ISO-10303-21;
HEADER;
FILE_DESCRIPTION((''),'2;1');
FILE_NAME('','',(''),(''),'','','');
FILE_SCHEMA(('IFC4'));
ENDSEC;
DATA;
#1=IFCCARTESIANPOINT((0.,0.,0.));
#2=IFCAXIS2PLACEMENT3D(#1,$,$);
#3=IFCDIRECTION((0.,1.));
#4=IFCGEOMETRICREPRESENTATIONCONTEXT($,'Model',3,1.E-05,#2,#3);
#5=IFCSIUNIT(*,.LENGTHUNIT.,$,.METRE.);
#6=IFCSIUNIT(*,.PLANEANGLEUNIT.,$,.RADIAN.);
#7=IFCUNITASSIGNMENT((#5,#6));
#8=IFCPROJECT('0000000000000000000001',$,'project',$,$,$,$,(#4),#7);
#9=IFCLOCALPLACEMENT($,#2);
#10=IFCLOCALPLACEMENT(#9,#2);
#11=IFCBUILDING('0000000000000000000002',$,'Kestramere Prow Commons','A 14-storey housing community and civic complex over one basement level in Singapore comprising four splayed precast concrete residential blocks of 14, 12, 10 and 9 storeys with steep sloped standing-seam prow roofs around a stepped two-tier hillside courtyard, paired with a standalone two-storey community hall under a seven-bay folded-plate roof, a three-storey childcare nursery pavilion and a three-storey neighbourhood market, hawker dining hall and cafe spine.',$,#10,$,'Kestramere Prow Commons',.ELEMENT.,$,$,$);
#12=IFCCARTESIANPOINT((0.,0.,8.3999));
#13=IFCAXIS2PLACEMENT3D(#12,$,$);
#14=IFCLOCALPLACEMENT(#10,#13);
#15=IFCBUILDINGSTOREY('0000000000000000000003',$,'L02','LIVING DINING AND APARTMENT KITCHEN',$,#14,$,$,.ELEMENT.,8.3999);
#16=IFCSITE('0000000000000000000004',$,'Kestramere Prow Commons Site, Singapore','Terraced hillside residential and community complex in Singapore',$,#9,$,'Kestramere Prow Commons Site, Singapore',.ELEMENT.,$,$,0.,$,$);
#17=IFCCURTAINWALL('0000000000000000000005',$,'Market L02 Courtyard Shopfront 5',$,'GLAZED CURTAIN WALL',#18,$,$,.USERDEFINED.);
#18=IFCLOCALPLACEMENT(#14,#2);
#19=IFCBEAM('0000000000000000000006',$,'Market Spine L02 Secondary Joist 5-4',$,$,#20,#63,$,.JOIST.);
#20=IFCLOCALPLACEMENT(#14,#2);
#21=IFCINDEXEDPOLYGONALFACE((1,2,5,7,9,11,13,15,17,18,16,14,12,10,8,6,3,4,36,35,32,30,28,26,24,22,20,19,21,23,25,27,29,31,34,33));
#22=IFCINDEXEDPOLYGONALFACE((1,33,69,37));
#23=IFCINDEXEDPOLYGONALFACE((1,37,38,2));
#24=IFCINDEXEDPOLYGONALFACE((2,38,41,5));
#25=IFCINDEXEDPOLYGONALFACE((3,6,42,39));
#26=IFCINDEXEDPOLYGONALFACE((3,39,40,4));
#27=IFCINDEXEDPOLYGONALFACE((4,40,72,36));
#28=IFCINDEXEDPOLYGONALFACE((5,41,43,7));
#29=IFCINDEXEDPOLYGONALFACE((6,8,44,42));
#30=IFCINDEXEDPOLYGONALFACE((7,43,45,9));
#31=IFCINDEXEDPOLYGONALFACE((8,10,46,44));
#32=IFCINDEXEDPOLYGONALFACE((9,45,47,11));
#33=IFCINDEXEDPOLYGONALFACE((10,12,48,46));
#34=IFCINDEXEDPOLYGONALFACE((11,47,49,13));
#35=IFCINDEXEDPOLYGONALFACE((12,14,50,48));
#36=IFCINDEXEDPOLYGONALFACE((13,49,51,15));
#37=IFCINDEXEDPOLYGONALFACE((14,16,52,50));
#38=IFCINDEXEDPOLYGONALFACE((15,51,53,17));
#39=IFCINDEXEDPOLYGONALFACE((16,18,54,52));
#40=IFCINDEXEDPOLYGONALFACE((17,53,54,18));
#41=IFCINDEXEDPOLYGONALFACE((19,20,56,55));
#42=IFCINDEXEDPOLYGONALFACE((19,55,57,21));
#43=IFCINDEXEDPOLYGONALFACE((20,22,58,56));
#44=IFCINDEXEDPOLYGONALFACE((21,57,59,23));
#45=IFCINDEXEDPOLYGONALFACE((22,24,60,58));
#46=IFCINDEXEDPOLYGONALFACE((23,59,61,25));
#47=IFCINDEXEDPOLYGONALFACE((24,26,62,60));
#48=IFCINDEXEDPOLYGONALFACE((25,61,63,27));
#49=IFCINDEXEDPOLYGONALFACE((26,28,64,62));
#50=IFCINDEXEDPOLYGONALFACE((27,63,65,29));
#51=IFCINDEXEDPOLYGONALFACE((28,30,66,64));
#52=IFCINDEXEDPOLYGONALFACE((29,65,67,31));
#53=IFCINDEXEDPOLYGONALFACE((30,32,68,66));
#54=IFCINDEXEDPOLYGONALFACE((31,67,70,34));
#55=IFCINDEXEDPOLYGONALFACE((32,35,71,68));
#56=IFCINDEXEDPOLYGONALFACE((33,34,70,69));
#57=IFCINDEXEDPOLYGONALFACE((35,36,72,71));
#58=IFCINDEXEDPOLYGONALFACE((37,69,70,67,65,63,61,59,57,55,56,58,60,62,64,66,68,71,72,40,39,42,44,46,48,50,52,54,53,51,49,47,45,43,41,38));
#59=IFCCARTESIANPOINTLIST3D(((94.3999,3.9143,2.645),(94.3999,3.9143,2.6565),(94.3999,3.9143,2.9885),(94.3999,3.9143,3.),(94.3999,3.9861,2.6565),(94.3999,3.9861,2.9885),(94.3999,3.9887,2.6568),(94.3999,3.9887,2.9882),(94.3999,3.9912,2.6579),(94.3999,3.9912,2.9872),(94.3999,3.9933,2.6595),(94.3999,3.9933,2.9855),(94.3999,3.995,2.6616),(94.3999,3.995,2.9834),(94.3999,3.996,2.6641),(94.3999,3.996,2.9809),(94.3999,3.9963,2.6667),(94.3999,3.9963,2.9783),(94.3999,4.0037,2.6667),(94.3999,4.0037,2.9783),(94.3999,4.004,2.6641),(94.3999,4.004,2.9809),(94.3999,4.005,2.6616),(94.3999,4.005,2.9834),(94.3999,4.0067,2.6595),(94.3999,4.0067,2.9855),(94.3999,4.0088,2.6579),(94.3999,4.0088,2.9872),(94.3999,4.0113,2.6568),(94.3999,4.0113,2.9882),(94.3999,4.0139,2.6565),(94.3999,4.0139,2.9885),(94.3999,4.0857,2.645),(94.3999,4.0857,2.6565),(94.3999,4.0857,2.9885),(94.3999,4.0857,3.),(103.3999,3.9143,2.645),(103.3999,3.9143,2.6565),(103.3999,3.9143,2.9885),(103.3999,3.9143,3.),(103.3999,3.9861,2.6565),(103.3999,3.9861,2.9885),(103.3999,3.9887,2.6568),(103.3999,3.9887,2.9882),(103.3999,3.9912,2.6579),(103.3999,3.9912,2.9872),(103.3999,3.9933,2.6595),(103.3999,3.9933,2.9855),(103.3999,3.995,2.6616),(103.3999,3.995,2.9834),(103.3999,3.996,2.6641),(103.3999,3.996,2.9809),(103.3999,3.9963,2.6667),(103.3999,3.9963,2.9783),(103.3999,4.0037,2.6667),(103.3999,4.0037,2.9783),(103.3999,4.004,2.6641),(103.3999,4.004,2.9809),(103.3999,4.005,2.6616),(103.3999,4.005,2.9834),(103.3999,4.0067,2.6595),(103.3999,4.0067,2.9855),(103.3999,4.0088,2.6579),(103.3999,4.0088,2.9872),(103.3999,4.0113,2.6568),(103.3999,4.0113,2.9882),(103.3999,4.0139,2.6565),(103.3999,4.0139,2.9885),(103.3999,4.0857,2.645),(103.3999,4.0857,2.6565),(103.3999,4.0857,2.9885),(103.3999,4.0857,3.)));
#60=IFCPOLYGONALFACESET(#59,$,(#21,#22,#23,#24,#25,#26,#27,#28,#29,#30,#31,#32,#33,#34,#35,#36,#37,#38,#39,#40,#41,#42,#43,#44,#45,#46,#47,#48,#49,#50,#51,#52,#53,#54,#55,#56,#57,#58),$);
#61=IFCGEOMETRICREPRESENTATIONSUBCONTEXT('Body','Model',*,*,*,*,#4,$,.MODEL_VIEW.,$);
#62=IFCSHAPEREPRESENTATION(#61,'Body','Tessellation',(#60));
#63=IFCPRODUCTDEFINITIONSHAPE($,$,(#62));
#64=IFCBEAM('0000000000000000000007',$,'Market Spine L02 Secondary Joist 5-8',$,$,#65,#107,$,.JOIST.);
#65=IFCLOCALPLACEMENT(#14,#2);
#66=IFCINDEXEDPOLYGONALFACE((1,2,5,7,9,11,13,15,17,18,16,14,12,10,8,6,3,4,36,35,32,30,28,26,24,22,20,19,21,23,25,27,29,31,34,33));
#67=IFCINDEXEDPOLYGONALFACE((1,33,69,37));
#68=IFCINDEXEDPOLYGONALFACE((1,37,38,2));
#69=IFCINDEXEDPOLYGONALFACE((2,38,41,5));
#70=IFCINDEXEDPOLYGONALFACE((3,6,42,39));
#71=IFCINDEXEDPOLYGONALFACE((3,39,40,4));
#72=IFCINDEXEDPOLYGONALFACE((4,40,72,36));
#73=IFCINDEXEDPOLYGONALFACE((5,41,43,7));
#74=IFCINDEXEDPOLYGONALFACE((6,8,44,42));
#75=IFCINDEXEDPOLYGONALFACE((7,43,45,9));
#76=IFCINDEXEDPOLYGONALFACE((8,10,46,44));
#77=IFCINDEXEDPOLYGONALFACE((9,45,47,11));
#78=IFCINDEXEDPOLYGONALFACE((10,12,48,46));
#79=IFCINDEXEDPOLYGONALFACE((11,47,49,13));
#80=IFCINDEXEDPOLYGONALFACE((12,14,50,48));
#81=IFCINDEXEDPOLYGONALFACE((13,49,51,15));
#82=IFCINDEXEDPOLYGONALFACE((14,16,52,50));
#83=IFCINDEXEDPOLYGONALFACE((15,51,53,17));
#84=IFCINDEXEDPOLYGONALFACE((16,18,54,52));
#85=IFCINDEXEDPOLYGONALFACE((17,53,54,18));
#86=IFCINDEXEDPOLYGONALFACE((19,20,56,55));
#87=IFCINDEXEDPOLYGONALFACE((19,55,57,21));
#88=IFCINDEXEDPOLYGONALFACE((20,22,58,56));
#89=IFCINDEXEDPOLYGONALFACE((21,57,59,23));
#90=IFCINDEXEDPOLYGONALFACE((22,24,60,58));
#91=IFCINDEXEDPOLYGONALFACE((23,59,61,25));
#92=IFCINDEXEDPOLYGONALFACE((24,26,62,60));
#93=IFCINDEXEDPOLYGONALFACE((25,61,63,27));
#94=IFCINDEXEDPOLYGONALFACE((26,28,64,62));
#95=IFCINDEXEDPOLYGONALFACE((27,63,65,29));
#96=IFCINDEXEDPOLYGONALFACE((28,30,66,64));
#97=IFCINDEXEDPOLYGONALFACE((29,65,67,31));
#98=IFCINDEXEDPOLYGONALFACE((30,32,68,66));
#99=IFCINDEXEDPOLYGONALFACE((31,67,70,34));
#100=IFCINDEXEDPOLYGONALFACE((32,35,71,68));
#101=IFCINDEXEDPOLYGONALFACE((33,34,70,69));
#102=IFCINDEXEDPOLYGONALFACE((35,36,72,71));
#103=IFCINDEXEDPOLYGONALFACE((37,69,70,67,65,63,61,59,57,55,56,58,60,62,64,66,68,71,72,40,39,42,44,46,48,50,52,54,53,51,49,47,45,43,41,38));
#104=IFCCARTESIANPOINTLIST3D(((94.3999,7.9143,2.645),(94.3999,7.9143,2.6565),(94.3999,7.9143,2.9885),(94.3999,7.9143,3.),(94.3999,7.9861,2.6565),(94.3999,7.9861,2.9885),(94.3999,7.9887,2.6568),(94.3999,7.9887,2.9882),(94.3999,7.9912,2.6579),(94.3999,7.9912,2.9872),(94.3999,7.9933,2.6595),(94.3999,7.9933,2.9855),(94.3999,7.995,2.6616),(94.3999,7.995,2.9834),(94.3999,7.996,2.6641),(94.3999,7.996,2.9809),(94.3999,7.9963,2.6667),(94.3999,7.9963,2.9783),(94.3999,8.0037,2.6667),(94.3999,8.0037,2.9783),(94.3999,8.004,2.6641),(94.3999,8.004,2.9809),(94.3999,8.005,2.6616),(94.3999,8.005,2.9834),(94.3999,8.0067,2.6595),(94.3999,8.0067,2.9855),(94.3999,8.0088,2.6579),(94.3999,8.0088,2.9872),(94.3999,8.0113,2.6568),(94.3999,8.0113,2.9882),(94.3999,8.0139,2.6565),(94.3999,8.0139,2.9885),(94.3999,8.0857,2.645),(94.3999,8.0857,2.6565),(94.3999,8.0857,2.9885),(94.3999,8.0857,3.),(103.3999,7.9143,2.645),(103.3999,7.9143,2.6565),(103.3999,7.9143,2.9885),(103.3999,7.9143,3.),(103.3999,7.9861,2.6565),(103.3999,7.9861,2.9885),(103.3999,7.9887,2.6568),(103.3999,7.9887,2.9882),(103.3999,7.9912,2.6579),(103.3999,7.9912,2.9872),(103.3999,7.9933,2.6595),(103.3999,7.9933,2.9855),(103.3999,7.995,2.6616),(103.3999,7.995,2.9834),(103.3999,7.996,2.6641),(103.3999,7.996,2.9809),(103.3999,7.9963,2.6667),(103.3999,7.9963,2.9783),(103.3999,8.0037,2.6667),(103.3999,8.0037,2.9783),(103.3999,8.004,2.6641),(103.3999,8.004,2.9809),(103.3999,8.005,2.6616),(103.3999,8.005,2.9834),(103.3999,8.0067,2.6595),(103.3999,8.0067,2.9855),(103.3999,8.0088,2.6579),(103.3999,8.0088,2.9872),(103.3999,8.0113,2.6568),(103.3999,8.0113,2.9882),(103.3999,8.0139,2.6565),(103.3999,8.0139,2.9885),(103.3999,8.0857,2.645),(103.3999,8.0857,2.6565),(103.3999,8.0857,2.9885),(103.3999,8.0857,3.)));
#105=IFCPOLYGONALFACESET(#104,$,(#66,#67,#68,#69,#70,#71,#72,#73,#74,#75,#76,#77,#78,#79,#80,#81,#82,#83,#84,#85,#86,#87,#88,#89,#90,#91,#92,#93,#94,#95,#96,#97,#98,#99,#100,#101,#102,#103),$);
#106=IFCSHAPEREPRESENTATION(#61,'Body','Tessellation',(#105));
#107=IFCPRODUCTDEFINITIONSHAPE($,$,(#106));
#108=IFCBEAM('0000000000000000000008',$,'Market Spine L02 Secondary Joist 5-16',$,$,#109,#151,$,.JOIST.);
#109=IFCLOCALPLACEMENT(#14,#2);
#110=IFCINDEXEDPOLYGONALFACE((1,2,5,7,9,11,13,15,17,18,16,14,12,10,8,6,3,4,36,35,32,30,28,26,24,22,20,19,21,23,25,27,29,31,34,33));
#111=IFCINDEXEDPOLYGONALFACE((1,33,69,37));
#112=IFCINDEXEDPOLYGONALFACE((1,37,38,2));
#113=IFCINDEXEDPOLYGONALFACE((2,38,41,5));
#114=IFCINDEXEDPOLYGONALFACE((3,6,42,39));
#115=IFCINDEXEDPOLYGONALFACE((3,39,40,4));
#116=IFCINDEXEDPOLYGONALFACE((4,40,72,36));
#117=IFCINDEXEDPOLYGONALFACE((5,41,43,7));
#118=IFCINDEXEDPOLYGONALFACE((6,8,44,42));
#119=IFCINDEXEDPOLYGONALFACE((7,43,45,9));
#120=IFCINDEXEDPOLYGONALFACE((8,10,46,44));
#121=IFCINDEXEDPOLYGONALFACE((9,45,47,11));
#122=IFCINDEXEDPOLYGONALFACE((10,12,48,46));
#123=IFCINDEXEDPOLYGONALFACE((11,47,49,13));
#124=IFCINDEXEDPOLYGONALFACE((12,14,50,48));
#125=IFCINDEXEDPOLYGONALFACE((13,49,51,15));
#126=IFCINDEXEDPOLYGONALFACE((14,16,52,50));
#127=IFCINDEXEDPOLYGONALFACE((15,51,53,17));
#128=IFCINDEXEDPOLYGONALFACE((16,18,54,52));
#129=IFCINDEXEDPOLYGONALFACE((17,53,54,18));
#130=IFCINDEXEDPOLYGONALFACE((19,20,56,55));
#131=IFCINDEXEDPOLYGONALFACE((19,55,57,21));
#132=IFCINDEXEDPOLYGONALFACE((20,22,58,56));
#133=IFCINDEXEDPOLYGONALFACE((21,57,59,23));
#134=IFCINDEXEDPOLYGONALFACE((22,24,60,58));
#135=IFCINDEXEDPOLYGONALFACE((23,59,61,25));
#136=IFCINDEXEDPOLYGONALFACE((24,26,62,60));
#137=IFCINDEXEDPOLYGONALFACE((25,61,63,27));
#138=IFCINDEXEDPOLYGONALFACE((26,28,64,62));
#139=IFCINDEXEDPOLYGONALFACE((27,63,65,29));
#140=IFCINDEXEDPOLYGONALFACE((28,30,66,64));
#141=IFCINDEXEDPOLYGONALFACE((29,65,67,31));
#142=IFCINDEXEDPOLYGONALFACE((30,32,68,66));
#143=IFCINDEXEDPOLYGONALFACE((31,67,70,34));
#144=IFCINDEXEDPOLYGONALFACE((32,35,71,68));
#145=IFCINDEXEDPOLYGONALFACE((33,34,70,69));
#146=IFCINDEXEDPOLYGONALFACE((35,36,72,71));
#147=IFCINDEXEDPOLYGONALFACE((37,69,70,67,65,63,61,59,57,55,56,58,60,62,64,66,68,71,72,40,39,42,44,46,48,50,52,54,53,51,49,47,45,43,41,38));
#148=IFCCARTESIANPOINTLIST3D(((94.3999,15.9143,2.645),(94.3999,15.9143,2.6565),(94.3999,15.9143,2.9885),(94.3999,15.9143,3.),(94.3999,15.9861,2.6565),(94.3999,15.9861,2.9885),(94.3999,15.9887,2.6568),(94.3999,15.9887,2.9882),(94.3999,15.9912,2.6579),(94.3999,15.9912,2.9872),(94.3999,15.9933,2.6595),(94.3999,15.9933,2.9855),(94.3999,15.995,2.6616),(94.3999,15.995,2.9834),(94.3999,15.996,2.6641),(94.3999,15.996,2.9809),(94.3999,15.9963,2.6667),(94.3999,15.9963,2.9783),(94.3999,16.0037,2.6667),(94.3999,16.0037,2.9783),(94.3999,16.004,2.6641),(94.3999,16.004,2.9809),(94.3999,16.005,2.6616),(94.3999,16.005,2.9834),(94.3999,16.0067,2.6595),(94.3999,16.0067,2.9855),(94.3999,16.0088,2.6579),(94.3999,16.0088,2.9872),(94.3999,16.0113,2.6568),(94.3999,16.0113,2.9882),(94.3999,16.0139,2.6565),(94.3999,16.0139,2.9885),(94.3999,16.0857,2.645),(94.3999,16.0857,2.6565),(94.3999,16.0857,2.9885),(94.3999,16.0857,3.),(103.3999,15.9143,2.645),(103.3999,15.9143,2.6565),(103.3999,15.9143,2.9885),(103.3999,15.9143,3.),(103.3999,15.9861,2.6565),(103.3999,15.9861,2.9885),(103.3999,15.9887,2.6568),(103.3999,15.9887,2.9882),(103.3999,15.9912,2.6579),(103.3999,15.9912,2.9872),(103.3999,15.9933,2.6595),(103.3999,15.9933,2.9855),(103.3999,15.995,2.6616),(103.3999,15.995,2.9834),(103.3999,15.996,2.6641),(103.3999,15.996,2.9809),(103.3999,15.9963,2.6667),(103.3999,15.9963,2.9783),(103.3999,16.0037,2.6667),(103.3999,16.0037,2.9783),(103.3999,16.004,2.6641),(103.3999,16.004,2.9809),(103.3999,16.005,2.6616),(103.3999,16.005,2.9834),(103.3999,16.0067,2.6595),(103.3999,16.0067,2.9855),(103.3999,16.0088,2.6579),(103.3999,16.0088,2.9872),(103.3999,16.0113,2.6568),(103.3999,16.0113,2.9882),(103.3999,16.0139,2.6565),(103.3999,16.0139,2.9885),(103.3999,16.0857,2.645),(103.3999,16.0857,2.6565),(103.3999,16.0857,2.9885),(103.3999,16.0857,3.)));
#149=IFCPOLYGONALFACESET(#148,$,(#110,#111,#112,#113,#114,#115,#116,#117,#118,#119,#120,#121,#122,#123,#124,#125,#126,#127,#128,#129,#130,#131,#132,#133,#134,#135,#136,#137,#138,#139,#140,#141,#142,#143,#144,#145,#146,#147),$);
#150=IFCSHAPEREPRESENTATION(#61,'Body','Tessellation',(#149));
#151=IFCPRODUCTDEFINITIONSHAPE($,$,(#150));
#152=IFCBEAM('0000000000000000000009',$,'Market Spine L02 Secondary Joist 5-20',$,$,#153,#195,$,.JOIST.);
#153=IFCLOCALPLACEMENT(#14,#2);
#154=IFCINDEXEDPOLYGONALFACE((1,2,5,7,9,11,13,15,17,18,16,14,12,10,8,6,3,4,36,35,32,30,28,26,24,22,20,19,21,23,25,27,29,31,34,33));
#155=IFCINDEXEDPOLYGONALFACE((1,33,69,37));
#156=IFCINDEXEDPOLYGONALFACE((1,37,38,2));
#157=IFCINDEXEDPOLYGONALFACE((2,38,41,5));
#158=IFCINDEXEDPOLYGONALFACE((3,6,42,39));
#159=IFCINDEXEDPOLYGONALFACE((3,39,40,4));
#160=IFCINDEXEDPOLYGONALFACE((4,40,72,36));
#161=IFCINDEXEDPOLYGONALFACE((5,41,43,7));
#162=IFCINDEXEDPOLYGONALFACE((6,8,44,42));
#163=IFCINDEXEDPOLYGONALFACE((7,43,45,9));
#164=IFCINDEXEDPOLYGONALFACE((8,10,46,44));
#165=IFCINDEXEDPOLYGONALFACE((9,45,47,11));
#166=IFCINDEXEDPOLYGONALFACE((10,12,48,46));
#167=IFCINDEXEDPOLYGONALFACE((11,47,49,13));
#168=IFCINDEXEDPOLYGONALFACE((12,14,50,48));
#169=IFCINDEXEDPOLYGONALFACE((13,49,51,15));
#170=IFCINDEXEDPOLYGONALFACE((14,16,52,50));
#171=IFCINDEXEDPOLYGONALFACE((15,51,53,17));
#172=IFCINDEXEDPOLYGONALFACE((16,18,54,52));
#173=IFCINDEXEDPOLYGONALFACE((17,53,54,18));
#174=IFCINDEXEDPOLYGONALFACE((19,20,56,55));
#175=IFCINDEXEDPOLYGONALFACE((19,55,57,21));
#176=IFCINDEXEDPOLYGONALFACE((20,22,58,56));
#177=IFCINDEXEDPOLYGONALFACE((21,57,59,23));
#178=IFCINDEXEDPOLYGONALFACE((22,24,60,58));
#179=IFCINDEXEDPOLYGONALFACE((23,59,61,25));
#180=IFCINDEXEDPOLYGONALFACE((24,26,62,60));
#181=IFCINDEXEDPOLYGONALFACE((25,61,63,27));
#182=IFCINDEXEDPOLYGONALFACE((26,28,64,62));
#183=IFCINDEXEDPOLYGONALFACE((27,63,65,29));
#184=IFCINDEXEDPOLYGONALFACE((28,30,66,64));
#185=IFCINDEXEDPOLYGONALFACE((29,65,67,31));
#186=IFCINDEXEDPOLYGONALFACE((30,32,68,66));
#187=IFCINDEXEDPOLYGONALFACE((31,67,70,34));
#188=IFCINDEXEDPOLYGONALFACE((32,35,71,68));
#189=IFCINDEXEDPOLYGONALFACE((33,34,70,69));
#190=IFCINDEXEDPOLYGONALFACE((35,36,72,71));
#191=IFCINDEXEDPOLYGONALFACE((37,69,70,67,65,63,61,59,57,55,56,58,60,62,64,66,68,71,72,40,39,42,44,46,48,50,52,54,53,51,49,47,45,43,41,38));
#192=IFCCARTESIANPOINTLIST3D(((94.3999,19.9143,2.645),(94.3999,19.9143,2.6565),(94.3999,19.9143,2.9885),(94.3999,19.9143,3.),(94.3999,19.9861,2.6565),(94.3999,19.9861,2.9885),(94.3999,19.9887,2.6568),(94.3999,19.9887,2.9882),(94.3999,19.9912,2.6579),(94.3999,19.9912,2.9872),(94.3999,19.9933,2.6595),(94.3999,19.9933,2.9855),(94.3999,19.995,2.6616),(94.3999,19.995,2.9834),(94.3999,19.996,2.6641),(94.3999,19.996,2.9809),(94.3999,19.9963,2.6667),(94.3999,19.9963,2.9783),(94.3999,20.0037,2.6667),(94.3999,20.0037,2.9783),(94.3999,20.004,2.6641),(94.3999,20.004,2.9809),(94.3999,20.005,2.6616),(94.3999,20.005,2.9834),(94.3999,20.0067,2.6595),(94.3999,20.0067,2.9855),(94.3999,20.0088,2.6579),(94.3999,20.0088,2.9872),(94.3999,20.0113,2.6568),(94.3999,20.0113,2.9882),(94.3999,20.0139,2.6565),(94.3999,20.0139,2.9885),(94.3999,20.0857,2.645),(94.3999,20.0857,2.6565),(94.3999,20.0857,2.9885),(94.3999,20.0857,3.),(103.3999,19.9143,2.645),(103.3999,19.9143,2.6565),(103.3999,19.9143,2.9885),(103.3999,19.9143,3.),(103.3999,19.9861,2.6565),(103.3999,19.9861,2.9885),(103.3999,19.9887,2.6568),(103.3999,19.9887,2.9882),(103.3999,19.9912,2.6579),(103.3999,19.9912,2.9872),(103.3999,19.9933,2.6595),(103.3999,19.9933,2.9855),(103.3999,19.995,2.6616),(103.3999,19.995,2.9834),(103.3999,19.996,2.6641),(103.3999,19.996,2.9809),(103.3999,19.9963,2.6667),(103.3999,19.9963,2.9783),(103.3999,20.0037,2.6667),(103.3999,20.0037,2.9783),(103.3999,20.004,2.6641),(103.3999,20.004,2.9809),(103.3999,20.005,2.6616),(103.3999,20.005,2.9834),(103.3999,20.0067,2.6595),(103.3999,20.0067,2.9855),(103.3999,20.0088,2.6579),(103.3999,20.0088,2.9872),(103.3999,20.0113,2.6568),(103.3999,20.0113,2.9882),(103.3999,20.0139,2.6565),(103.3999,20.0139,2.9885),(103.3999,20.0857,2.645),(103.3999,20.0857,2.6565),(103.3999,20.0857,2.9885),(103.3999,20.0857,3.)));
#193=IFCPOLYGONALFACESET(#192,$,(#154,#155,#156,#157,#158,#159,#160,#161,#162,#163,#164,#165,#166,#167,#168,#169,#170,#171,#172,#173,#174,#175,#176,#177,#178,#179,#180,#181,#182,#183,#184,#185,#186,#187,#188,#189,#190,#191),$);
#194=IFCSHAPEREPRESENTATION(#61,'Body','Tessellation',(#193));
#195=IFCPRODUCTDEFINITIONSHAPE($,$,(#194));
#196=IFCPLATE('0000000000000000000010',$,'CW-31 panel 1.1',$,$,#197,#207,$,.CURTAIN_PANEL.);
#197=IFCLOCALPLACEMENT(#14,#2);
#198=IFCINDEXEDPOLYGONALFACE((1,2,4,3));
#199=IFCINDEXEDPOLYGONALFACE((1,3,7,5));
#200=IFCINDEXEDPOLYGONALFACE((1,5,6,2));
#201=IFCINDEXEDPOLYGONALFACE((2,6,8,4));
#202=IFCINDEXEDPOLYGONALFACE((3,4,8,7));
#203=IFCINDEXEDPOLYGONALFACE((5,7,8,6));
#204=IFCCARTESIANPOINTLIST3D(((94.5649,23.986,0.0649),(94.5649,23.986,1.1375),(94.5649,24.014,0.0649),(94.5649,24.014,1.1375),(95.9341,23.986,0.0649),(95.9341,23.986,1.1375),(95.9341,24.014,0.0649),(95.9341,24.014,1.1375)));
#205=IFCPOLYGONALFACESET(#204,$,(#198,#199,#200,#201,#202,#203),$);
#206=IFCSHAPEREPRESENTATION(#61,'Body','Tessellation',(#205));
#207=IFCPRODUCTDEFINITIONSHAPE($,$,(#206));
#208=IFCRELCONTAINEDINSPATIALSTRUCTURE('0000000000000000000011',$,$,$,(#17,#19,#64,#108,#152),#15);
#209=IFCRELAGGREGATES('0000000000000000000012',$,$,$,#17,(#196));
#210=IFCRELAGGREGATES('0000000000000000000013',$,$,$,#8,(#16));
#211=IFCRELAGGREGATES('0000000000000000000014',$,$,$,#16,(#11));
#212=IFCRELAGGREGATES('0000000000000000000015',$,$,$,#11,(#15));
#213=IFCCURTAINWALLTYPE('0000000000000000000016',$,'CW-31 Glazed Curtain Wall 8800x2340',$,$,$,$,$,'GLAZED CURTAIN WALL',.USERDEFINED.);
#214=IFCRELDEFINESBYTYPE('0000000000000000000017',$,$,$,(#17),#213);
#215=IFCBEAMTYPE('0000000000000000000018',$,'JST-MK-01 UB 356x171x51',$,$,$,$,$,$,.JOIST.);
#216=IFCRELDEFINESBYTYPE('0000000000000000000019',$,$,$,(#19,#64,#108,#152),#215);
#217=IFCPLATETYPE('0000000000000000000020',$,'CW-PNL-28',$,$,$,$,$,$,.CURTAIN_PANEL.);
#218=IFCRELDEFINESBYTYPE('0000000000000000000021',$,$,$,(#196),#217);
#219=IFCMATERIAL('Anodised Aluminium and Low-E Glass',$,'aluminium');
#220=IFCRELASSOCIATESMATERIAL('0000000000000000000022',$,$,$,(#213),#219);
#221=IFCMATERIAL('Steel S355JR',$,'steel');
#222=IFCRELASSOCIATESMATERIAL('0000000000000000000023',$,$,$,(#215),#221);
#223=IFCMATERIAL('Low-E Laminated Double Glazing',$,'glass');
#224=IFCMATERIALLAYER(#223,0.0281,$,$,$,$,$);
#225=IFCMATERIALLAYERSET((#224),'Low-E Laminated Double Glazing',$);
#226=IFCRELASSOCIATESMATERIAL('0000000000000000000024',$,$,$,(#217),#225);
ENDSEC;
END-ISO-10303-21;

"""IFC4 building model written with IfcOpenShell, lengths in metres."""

from ifc_helpers import new_model, si_unit, direction, frame, origin, origin_2d, place, context, subcontext, project, spatial, rectangle, i_section, extrude, material, layer, layer_set, material_profile, profile_set, type_object, element, aggregate, save


model = new_model("IFC4")

# Units and contexts
model_context = context("Model", 3, precision=1e-05, world=origin(), true_north=direction((0.0, 1.0)))
body_context = subcontext(model_context, "Body", "Model", "MODEL_VIEW")
ifc_project = project(units=[si_unit("LENGTHUNIT", "METRE"), si_unit("PLANEANGLEUNIT", "RADIAN")], contexts=[model_context])

# Site, building, storey
site_placement = place(None, origin())
site = spatial("IfcSite", under=ifc_project, at=site_placement, Name="Kestramere Prow Commons Site, Singapore", Description="Terraced hillside residential and community complex in Singapore", LongName="Kestramere Prow Commons Site, Singapore", CompositionType="ELEMENT", RefElevation=0.0)
building_placement = place(site_placement, origin())
building = spatial("IfcBuilding", under=site, at=building_placement, Name="Kestramere Prow Commons", Description="A 14-storey housing community and civic complex over one basement level in Singapore comprising four splayed precast concrete residential blocks of 14, 12, 10 and 9 storeys with steep sloped standing-seam prow roofs around a stepped two-tier hillside courtyard, paired with a standalone two-storey community hall under a seven-bay folded-plate roof, a three-storey childcare nursery pavilion and a three-storey neighbourhood market, hawker dining hall and cafe spine.", LongName="Kestramere Prow Commons", CompositionType="ELEMENT")
storey_placement = place(building_placement, frame((0.0, 0.0, 8.3999)))
storey = spatial("IfcBuildingStorey", under=building, at=storey_placement, Name="L02", Description="LIVING DINING AND APARTMENT KITCHEN", CompositionType="ELEMENT", Elevation=8.3999)

# Shared definitions
ifc_material_1 = material(Name="Steel S355JR", Category="steel")

# Curtain wall
ifc_material_2 = material(Name="Anodised Aluminium and Low-E Glass", Category="aluminium")
curtain_wall_type = type_object("IfcCurtainWallType", Name="CW-31 Glazed Curtain Wall 8800x2340", ElementType="GLAZED CURTAIN WALL", PredefinedType="USERDEFINED", material=ifc_material_2)
curtain_wall_placement = place(storey_placement, origin())
curtain_wall = element("IfcCurtainWall", 1, at=curtain_wall_placement, inside=storey, type_object=curtain_wall_type, Name="Market L02 Courtyard Shopfront 5", ObjectType="GLAZED CURTAIN WALL", PredefinedType="USERDEFINED")

# Beams
ifc_material_profile_1 = material_profile(ifc_material_1, i_section(OverallWidth=0.1714, OverallDepth=0.355, WebThickness=0.0073, FlangeThickness=0.0115, FilletRadius=0.0103, at=origin_2d()), Name="UB 356x171x51")
ifc_profile_set_1 = profile_set([ifc_material_profile_1], Name="Steel S355JR")
beam_type_1 = type_object("IfcBeamType", Name="JST-MK-01 UB 356x171x51", PredefinedType="JOIST", material=ifc_profile_set_1)
for number, where, z_axis, x_axis, name in (
    (2, (94.3999, 4.0, 2.8225), (1.0, 0.0, 0.0), (0.0, 1.0, 0.0), "Market Spine L02 Secondary Joist 5-4"),
    (3, (94.3999, 8.0, 2.8225), (1.0, 0.0, 0.0), (0.0, 1.0, 0.0), "Market Spine L02 Secondary Joist 5-8"),
    (4, (94.3999, 16.0, 2.8225), (1.0, 0.0, 0.0), (0.0, 1.0, 0.0), "Market Spine L02 Secondary Joist 5-16"),
    (5, (94.3999, 20.0, 2.8225), (1.0, 0.0, 0.0), (0.0, 1.0, 0.0), "Market Spine L02 Secondary Joist 5-20"),
):
    element("IfcBeam", number, at=place(storey_placement, frame(where, z_axis=z_axis, x_axis=x_axis)), inside=storey, type_object=beam_type_1, Name=name, PredefinedType="JOIST", context=body_context, shape_type="SweptSolid", body=[
        extrude(i_section(OverallWidth=0.1714, OverallDepth=0.355, WebThickness=0.0073, FlangeThickness=0.0115, FilletRadius=0.0103, at=origin_2d()), origin(), (0.0, 0.0, 1.0), 9.0),
    ])

# Plate
ifc_material_3 = material(Name="Low-E Laminated Double Glazing", Category="glass")
ifc_layer_1 = layer(ifc_material_3, 0.0281)
ifc_layer_set_1 = layer_set([ifc_layer_1], Name="Low-E Laminated Double Glazing")
plate_type = type_object("IfcPlateType", Name="CW-PNL-28", PredefinedType="CURTAIN_PANEL", material=ifc_layer_set_1)
plate_1_placement = place(storey_placement, frame((95.2495, 24.0, 0.0649), z_axis=(0.0, 0.0, 1.0), x_axis=(1.0, 0.0, 0.0)))
plate_1 = element("IfcPlate", 6, at=plate_1_placement, type_object=plate_type, Name="CW-31 panel 1.1", PredefinedType="CURTAIN_PANEL", context=body_context, shape_type="SweptSolid", body=[
    extrude(rectangle(XDim=1.3691, YDim=0.0281, at=origin_2d()), origin(), (0.0, 0.0, 1.0), 1.0725),
])
aggregate(curtain_wall, [plate_1])

save(model, "model.ifc")
